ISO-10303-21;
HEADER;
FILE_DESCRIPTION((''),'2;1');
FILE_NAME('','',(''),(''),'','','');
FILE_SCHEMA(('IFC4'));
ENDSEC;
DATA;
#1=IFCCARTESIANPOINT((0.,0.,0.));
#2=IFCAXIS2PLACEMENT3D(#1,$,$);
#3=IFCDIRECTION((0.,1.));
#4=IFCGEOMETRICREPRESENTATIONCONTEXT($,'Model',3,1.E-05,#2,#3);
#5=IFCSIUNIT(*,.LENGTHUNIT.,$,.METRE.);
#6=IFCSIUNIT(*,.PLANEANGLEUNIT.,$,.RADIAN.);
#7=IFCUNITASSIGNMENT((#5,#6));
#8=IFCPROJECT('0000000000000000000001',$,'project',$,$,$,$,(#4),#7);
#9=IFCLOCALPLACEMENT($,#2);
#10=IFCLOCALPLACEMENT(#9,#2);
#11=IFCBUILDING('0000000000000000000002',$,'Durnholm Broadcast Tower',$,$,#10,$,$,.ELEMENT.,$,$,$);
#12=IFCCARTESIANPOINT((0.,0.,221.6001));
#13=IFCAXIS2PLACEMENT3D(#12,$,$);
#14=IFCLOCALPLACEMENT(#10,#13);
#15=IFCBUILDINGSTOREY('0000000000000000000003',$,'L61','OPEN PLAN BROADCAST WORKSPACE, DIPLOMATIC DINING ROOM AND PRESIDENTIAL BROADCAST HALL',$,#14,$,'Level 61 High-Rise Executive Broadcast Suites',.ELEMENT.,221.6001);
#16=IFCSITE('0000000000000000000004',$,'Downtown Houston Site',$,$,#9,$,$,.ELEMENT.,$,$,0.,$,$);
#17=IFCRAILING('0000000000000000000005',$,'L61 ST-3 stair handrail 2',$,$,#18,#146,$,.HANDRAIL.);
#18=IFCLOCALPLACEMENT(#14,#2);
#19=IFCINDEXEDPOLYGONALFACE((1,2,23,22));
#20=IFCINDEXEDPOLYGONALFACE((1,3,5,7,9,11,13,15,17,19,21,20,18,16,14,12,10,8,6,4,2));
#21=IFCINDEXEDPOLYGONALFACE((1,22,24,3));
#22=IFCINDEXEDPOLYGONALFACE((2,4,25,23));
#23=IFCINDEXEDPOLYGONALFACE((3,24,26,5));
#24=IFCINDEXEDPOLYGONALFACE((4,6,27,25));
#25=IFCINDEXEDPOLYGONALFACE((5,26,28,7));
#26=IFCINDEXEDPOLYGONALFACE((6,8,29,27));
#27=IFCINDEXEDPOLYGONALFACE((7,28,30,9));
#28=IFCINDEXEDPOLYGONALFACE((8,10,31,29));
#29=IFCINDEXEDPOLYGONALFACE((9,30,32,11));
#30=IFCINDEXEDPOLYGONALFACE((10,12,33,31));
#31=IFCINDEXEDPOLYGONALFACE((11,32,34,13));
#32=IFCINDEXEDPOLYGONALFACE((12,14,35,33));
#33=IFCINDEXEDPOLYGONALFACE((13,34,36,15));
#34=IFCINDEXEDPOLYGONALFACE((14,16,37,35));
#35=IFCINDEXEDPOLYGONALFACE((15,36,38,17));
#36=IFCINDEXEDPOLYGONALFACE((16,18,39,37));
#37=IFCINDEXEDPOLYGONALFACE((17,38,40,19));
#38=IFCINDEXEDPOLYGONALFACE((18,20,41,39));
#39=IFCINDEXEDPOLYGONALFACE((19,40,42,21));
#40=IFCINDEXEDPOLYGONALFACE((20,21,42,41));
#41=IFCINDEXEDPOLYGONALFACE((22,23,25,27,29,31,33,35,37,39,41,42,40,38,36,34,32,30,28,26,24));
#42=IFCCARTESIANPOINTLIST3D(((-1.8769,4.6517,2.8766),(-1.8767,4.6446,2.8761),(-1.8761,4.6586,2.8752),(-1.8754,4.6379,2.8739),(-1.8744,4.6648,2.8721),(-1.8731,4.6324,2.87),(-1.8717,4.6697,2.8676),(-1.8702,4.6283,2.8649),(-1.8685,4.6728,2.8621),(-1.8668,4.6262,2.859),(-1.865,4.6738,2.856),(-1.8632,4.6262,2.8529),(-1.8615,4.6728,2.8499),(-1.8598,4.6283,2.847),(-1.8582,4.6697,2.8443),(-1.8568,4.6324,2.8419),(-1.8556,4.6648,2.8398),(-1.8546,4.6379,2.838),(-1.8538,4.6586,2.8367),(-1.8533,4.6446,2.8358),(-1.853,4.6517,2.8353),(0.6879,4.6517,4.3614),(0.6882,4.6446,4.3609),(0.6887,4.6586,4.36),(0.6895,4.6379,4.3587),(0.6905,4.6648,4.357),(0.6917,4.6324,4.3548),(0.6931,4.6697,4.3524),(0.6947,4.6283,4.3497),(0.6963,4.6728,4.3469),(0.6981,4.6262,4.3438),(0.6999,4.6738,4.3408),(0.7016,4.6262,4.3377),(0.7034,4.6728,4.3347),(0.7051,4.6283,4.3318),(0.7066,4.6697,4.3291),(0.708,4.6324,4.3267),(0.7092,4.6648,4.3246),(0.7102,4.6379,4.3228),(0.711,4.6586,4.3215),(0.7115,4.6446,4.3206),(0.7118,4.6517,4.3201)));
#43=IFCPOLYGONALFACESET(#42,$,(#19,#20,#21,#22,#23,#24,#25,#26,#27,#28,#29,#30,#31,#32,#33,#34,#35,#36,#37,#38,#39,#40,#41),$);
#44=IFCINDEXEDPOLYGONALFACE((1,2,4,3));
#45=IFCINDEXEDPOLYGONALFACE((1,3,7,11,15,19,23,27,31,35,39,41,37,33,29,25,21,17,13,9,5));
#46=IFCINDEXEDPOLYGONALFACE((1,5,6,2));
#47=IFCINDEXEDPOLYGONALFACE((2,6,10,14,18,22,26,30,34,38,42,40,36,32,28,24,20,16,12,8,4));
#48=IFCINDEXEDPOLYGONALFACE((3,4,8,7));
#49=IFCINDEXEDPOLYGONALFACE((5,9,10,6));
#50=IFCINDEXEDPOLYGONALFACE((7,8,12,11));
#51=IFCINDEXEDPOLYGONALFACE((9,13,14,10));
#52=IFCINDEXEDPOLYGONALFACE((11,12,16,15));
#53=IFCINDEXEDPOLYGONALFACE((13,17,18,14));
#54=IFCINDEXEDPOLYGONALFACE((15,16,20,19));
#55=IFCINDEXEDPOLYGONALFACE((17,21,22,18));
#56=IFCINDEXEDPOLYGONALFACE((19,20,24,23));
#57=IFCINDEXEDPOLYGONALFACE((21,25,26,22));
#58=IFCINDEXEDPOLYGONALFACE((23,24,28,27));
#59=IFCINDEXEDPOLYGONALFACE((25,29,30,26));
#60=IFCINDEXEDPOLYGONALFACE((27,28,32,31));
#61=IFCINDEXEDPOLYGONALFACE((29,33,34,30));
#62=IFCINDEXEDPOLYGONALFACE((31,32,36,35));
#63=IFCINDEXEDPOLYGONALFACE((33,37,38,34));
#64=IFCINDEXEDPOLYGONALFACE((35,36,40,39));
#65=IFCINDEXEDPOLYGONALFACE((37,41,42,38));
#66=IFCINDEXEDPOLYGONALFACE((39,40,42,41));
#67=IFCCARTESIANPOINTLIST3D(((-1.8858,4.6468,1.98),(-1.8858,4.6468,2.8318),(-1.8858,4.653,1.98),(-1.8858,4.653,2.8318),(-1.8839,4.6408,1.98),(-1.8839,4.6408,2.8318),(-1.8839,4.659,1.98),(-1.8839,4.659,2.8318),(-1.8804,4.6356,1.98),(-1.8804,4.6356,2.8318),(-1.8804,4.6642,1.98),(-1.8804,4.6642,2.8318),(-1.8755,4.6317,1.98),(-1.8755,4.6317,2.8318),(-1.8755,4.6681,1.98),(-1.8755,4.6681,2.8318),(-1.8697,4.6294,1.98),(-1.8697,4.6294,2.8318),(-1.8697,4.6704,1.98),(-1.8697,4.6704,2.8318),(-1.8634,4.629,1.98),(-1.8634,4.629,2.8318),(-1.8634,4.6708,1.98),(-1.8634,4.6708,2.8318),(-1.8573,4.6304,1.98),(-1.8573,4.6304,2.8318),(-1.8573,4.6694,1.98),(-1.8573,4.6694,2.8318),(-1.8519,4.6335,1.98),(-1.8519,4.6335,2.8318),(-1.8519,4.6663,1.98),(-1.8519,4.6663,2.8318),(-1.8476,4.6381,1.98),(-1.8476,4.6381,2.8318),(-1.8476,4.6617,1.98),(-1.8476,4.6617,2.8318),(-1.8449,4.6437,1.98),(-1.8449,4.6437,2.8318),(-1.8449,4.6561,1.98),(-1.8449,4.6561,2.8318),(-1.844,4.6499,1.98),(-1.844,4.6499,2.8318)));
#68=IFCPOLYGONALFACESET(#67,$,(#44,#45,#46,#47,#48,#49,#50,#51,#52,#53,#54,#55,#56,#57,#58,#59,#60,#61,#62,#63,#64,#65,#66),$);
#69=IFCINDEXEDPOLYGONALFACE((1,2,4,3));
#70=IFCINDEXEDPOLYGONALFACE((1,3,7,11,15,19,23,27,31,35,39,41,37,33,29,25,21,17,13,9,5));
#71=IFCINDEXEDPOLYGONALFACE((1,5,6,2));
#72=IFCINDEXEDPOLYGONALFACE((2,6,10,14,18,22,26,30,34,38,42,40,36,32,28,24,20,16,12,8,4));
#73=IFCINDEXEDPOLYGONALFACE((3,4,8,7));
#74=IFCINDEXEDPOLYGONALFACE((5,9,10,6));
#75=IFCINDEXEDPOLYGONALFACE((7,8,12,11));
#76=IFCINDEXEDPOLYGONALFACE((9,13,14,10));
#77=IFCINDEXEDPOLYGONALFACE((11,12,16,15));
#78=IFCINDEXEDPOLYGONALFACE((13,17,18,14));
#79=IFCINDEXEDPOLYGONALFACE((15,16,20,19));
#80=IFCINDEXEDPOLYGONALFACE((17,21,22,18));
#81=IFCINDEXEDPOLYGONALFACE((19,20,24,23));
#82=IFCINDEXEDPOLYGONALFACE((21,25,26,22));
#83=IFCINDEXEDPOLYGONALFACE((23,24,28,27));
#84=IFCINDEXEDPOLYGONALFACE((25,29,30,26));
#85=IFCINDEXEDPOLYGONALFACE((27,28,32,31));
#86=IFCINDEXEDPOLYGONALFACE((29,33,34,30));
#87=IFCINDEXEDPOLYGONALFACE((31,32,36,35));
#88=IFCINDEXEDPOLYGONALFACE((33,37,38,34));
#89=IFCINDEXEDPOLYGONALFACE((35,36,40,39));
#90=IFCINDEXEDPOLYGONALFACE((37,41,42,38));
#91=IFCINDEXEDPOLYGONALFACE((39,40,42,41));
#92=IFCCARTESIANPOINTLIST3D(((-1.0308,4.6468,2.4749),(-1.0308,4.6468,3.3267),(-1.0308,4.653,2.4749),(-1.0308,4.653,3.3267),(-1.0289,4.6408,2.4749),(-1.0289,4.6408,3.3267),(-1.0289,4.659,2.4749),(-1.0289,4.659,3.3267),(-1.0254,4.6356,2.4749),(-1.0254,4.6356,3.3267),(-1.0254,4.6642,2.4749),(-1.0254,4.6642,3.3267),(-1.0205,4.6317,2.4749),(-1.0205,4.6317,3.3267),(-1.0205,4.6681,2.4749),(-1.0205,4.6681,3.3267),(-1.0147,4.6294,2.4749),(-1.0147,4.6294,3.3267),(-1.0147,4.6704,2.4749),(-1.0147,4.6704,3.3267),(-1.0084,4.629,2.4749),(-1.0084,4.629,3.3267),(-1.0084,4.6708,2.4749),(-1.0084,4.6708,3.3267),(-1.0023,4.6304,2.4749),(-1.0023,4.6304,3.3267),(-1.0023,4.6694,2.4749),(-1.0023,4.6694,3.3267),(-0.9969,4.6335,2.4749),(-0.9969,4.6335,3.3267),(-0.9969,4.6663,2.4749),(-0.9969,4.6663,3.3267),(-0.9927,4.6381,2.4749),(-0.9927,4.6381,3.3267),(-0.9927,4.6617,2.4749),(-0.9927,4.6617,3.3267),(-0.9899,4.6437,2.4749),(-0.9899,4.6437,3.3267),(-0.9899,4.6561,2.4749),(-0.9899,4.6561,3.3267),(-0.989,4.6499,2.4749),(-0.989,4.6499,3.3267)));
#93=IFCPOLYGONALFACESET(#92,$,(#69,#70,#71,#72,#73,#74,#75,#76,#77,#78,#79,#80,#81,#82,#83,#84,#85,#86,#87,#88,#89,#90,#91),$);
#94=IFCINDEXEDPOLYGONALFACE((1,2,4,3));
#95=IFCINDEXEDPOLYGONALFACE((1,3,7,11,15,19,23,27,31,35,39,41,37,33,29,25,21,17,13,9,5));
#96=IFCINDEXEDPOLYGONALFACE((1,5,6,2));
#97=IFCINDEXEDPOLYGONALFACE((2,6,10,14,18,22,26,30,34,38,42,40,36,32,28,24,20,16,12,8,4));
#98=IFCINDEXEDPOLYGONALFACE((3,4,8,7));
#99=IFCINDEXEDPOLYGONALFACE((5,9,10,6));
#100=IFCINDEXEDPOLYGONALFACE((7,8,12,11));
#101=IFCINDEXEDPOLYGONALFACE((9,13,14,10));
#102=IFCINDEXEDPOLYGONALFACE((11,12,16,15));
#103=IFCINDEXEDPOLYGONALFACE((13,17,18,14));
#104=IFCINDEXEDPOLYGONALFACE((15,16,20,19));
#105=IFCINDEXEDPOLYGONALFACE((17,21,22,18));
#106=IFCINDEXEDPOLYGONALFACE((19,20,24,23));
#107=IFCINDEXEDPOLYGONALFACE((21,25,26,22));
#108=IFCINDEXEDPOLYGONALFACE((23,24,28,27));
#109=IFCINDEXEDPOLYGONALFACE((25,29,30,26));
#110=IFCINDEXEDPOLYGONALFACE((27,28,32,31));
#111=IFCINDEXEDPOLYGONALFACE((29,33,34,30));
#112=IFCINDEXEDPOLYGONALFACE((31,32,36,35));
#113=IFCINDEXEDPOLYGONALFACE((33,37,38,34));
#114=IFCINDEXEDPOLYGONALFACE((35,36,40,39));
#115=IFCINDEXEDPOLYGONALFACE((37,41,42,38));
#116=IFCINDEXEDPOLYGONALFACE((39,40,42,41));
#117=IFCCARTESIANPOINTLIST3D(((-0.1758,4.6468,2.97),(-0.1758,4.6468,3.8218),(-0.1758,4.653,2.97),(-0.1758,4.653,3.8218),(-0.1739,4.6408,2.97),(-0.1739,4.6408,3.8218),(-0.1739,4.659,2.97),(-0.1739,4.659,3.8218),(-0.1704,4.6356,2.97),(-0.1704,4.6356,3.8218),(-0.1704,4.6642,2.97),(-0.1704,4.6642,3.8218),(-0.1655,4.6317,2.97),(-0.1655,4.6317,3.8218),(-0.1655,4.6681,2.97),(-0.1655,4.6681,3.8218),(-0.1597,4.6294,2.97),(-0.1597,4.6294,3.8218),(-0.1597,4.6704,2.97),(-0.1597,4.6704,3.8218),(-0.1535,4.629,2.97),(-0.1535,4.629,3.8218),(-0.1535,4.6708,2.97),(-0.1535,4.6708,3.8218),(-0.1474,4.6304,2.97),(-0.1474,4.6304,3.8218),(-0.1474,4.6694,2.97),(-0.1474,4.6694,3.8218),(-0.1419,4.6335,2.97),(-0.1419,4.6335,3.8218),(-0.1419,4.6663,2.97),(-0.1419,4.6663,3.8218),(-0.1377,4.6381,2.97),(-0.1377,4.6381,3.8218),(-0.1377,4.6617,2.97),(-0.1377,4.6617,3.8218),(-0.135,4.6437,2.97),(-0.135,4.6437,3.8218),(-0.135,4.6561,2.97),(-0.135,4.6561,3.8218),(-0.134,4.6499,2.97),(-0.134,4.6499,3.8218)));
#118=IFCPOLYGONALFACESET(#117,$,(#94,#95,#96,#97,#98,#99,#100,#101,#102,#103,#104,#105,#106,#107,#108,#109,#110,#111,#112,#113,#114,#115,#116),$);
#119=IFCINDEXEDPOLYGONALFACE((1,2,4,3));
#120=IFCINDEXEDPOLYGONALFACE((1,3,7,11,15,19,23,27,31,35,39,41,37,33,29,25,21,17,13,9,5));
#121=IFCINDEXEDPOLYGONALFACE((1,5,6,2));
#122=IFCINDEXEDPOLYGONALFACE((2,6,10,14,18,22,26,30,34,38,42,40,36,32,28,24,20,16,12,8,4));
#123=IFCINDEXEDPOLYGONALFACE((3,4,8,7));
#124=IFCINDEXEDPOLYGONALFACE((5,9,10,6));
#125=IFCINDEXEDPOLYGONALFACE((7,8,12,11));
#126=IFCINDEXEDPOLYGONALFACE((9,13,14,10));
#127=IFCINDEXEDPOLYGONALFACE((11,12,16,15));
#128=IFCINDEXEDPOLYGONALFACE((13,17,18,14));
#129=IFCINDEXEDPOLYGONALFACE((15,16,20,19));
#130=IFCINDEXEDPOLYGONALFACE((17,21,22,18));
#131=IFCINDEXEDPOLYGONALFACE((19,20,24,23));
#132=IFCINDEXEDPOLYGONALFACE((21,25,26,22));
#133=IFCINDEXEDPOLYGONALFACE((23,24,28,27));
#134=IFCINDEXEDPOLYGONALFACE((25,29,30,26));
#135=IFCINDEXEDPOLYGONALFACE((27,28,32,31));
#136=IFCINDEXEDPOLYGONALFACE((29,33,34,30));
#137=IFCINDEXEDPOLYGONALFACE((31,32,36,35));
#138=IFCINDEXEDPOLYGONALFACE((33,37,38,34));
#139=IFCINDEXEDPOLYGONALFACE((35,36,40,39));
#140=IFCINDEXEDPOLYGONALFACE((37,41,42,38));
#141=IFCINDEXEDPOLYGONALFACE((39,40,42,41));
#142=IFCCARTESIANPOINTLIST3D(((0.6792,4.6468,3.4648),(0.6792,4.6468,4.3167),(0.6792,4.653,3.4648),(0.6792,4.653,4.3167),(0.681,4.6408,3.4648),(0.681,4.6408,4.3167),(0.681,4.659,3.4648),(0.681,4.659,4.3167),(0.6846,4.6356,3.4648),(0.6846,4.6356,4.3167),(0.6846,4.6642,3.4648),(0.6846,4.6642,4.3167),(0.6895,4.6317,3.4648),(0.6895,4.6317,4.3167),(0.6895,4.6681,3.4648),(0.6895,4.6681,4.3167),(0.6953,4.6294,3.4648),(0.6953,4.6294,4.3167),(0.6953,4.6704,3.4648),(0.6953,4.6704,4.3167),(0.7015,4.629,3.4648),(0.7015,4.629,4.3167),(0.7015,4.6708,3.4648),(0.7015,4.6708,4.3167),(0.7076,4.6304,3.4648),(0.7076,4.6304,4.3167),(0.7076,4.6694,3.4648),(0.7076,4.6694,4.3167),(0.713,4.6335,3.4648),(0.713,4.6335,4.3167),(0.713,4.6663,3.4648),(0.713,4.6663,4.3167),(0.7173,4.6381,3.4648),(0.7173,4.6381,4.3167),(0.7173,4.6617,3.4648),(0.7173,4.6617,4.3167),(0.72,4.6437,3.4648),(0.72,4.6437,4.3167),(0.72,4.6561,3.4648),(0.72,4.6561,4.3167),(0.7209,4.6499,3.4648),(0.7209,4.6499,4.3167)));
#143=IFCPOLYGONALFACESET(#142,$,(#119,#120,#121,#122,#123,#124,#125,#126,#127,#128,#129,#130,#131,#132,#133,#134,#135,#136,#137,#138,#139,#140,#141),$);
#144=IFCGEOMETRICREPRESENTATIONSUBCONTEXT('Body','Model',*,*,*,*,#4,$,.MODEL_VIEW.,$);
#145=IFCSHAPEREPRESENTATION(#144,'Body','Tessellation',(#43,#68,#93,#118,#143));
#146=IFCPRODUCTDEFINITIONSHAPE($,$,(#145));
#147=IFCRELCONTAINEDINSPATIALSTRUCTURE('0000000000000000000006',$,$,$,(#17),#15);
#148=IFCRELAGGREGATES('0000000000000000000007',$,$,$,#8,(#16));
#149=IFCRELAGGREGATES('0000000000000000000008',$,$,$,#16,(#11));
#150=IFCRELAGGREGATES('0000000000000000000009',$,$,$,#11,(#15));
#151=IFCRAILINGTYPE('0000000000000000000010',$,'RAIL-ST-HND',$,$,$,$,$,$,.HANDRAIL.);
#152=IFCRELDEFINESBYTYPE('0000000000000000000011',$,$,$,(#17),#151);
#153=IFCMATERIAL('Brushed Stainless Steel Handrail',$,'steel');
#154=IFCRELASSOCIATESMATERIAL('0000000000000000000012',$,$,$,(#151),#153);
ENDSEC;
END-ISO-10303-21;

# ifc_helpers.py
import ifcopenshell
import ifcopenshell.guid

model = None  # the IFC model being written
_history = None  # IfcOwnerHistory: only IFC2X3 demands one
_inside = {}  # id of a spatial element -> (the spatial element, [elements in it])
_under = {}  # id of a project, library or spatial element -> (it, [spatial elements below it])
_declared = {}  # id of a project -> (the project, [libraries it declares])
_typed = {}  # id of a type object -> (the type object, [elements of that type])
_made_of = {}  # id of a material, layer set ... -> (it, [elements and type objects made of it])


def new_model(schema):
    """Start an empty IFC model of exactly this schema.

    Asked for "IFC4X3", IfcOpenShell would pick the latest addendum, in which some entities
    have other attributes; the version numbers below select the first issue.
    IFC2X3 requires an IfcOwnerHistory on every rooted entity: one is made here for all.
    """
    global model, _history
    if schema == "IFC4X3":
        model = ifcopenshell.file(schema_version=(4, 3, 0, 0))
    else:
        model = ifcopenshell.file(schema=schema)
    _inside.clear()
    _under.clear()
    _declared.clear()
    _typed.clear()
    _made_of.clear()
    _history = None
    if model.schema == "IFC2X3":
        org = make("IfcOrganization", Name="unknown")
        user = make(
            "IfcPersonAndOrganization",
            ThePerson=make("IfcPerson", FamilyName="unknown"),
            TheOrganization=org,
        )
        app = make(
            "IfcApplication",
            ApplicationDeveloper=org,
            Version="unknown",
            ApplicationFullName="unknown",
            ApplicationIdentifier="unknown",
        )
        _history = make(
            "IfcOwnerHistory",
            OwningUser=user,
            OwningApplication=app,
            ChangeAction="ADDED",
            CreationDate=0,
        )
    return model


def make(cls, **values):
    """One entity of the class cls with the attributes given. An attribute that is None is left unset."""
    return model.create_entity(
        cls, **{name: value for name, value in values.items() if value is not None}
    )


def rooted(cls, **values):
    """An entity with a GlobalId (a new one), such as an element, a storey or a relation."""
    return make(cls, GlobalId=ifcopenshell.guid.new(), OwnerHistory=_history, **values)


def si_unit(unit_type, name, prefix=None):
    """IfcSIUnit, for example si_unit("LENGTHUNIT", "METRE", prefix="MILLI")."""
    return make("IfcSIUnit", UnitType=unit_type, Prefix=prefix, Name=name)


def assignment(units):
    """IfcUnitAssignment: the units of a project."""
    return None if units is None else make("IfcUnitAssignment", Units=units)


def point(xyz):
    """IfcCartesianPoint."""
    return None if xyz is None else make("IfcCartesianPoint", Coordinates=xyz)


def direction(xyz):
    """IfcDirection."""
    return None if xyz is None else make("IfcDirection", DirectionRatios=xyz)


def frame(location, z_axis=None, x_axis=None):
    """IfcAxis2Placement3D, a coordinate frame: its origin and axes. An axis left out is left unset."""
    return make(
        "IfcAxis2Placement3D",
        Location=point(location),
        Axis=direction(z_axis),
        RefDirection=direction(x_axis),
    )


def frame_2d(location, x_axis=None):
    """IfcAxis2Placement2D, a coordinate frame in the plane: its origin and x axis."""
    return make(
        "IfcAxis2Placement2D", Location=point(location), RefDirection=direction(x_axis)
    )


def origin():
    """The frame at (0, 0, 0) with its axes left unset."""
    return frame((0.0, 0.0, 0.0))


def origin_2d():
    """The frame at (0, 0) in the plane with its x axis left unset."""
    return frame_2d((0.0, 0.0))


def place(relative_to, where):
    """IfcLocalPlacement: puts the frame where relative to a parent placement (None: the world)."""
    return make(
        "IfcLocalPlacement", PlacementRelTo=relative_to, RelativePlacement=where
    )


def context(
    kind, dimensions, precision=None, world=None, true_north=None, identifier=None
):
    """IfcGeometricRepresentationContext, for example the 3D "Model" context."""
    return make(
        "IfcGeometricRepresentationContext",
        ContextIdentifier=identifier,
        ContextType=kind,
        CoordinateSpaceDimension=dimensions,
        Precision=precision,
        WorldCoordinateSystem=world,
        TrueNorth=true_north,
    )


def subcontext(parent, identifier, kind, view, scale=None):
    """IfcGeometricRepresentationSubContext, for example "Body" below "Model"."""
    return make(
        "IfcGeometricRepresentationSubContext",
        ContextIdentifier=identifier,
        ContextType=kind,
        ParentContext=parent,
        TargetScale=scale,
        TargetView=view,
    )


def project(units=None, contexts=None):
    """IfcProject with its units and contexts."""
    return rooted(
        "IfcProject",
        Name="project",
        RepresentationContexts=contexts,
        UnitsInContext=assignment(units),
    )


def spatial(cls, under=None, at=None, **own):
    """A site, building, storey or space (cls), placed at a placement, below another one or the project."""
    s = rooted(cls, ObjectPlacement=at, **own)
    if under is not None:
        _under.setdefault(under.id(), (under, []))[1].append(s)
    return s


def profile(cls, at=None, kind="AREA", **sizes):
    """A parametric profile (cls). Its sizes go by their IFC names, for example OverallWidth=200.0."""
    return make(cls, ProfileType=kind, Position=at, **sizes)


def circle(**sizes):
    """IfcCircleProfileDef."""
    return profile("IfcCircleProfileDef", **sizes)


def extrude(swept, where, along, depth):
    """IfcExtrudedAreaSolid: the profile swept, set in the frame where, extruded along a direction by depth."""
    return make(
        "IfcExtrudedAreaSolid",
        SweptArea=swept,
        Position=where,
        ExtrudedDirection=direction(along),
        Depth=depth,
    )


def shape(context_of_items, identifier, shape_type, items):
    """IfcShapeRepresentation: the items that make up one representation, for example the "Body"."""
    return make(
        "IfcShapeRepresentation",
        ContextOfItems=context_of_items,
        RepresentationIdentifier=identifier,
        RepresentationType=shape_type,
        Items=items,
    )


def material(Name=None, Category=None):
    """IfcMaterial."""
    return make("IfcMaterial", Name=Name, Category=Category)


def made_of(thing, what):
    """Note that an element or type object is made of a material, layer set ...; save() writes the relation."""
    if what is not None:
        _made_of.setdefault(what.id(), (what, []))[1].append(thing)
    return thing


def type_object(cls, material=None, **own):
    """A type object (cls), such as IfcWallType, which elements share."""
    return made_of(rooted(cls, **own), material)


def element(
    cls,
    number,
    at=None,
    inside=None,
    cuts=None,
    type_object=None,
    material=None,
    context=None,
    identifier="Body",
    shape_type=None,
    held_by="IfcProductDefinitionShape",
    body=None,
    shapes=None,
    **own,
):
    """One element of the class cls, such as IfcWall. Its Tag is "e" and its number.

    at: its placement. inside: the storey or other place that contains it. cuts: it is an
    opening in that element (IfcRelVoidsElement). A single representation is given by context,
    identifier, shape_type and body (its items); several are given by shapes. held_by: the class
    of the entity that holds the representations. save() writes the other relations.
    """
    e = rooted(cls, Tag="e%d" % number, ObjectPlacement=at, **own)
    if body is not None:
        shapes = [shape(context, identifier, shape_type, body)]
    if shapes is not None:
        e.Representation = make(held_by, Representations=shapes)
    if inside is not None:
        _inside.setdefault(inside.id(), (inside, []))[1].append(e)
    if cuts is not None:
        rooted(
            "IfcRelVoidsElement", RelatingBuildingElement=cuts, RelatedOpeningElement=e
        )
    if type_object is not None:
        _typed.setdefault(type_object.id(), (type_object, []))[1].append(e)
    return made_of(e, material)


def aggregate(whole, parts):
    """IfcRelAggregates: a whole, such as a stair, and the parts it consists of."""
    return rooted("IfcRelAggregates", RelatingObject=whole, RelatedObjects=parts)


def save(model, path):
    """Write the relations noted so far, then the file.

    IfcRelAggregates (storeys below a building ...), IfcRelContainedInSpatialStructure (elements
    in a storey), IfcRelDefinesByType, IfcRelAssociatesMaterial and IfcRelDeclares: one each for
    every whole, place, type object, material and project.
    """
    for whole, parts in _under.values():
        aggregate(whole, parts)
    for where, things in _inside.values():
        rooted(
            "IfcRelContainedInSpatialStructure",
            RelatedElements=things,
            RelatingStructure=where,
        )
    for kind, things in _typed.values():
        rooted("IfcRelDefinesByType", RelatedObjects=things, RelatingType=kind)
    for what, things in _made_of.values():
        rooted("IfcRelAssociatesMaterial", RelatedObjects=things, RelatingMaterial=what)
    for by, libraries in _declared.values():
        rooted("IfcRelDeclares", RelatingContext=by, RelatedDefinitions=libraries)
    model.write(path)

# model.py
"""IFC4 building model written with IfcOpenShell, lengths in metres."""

from ifc_helpers import new_model, si_unit, direction, frame, origin, origin_2d, place, context, subcontext, project, spatial, circle, extrude, material, type_object, element, save


model = new_model("IFC4")

# Units and contexts
model_context = context("Model", 3, precision=1e-05, world=origin(), true_north=direction((0.0, 1.0)))
body_context = subcontext(model_context, "Body", "Model", "MODEL_VIEW")
ifc_project = project(units=[si_unit("LENGTHUNIT", "METRE"), si_unit("PLANEANGLEUNIT", "RADIAN")], contexts=[model_context])

# Site, building, storey
site_placement = place(None, origin())
site = spatial("IfcSite", under=ifc_project, at=site_placement, Name="Downtown Houston Site", CompositionType="ELEMENT", RefElevation=0.0)
building_placement = place(site_placement, origin())
building = spatial("IfcBuilding", under=site, at=building_placement, Name="Durnholm Broadcast Tower", CompositionType="ELEMENT")
storey_placement = place(building_placement, frame((0.0, 0.0, 221.6001)))
storey = spatial("IfcBuildingStorey", under=building, at=storey_placement, Name="L61", Description="OPEN PLAN BROADCAST WORKSPACE, DIPLOMATIC DINING ROOM AND PRESIDENTIAL BROADCAST HALL", LongName="Level 61 High-Rise Executive Broadcast Suites", CompositionType="ELEMENT", Elevation=221.6001)

# Railing
ifc_material_1 = material(Name="Brushed Stainless Steel Handrail", Category="steel")
railing_type_1 = type_object("IfcRailingType", Name="RAIL-ST-HND", PredefinedType="HANDRAIL", material=ifc_material_1)
railing_1_placement = place(storey_placement, frame((-1.865, 4.6499, 1.98)))
element("IfcRailing", 1, at=railing_1_placement, inside=storey, type_object=railing_type_1, Name="L61 ST-3 stair handrail 2", PredefinedType="HANDRAIL", context=body_context, shape_type="SweptSolid", body=[
    extrude(circle(Radius=0.0239, at=origin_2d()), frame((0.0, 0.0, 0.876), z_axis=(0.865441, 0.0, 0.50101), x_axis=(0.0, 1.0, 0.0)), (0.0, 0.0, 1.0), 2.9636),
    extrude(circle(Radius=0.021, at=origin_2d()), origin(), (0.0, 0.0, 1.0), 0.8518),
    extrude(circle(Radius=0.021, at=origin_2d()), frame((0.855, 0.0, 0.4949)), (0.0, 0.0, 1.0), 0.8518),
    extrude(circle(Radius=0.021, at=origin_2d()), frame((1.71, 0.0, 0.99)), (0.0, 0.0, 1.0), 0.8518),
    extrude(circle(Radius=0.021, at=origin_2d()), frame((2.5649, 0.0, 1.4849)), (0.0, 0.0, 1.0), 0.8518),
])

save(model, "model.ifc")
